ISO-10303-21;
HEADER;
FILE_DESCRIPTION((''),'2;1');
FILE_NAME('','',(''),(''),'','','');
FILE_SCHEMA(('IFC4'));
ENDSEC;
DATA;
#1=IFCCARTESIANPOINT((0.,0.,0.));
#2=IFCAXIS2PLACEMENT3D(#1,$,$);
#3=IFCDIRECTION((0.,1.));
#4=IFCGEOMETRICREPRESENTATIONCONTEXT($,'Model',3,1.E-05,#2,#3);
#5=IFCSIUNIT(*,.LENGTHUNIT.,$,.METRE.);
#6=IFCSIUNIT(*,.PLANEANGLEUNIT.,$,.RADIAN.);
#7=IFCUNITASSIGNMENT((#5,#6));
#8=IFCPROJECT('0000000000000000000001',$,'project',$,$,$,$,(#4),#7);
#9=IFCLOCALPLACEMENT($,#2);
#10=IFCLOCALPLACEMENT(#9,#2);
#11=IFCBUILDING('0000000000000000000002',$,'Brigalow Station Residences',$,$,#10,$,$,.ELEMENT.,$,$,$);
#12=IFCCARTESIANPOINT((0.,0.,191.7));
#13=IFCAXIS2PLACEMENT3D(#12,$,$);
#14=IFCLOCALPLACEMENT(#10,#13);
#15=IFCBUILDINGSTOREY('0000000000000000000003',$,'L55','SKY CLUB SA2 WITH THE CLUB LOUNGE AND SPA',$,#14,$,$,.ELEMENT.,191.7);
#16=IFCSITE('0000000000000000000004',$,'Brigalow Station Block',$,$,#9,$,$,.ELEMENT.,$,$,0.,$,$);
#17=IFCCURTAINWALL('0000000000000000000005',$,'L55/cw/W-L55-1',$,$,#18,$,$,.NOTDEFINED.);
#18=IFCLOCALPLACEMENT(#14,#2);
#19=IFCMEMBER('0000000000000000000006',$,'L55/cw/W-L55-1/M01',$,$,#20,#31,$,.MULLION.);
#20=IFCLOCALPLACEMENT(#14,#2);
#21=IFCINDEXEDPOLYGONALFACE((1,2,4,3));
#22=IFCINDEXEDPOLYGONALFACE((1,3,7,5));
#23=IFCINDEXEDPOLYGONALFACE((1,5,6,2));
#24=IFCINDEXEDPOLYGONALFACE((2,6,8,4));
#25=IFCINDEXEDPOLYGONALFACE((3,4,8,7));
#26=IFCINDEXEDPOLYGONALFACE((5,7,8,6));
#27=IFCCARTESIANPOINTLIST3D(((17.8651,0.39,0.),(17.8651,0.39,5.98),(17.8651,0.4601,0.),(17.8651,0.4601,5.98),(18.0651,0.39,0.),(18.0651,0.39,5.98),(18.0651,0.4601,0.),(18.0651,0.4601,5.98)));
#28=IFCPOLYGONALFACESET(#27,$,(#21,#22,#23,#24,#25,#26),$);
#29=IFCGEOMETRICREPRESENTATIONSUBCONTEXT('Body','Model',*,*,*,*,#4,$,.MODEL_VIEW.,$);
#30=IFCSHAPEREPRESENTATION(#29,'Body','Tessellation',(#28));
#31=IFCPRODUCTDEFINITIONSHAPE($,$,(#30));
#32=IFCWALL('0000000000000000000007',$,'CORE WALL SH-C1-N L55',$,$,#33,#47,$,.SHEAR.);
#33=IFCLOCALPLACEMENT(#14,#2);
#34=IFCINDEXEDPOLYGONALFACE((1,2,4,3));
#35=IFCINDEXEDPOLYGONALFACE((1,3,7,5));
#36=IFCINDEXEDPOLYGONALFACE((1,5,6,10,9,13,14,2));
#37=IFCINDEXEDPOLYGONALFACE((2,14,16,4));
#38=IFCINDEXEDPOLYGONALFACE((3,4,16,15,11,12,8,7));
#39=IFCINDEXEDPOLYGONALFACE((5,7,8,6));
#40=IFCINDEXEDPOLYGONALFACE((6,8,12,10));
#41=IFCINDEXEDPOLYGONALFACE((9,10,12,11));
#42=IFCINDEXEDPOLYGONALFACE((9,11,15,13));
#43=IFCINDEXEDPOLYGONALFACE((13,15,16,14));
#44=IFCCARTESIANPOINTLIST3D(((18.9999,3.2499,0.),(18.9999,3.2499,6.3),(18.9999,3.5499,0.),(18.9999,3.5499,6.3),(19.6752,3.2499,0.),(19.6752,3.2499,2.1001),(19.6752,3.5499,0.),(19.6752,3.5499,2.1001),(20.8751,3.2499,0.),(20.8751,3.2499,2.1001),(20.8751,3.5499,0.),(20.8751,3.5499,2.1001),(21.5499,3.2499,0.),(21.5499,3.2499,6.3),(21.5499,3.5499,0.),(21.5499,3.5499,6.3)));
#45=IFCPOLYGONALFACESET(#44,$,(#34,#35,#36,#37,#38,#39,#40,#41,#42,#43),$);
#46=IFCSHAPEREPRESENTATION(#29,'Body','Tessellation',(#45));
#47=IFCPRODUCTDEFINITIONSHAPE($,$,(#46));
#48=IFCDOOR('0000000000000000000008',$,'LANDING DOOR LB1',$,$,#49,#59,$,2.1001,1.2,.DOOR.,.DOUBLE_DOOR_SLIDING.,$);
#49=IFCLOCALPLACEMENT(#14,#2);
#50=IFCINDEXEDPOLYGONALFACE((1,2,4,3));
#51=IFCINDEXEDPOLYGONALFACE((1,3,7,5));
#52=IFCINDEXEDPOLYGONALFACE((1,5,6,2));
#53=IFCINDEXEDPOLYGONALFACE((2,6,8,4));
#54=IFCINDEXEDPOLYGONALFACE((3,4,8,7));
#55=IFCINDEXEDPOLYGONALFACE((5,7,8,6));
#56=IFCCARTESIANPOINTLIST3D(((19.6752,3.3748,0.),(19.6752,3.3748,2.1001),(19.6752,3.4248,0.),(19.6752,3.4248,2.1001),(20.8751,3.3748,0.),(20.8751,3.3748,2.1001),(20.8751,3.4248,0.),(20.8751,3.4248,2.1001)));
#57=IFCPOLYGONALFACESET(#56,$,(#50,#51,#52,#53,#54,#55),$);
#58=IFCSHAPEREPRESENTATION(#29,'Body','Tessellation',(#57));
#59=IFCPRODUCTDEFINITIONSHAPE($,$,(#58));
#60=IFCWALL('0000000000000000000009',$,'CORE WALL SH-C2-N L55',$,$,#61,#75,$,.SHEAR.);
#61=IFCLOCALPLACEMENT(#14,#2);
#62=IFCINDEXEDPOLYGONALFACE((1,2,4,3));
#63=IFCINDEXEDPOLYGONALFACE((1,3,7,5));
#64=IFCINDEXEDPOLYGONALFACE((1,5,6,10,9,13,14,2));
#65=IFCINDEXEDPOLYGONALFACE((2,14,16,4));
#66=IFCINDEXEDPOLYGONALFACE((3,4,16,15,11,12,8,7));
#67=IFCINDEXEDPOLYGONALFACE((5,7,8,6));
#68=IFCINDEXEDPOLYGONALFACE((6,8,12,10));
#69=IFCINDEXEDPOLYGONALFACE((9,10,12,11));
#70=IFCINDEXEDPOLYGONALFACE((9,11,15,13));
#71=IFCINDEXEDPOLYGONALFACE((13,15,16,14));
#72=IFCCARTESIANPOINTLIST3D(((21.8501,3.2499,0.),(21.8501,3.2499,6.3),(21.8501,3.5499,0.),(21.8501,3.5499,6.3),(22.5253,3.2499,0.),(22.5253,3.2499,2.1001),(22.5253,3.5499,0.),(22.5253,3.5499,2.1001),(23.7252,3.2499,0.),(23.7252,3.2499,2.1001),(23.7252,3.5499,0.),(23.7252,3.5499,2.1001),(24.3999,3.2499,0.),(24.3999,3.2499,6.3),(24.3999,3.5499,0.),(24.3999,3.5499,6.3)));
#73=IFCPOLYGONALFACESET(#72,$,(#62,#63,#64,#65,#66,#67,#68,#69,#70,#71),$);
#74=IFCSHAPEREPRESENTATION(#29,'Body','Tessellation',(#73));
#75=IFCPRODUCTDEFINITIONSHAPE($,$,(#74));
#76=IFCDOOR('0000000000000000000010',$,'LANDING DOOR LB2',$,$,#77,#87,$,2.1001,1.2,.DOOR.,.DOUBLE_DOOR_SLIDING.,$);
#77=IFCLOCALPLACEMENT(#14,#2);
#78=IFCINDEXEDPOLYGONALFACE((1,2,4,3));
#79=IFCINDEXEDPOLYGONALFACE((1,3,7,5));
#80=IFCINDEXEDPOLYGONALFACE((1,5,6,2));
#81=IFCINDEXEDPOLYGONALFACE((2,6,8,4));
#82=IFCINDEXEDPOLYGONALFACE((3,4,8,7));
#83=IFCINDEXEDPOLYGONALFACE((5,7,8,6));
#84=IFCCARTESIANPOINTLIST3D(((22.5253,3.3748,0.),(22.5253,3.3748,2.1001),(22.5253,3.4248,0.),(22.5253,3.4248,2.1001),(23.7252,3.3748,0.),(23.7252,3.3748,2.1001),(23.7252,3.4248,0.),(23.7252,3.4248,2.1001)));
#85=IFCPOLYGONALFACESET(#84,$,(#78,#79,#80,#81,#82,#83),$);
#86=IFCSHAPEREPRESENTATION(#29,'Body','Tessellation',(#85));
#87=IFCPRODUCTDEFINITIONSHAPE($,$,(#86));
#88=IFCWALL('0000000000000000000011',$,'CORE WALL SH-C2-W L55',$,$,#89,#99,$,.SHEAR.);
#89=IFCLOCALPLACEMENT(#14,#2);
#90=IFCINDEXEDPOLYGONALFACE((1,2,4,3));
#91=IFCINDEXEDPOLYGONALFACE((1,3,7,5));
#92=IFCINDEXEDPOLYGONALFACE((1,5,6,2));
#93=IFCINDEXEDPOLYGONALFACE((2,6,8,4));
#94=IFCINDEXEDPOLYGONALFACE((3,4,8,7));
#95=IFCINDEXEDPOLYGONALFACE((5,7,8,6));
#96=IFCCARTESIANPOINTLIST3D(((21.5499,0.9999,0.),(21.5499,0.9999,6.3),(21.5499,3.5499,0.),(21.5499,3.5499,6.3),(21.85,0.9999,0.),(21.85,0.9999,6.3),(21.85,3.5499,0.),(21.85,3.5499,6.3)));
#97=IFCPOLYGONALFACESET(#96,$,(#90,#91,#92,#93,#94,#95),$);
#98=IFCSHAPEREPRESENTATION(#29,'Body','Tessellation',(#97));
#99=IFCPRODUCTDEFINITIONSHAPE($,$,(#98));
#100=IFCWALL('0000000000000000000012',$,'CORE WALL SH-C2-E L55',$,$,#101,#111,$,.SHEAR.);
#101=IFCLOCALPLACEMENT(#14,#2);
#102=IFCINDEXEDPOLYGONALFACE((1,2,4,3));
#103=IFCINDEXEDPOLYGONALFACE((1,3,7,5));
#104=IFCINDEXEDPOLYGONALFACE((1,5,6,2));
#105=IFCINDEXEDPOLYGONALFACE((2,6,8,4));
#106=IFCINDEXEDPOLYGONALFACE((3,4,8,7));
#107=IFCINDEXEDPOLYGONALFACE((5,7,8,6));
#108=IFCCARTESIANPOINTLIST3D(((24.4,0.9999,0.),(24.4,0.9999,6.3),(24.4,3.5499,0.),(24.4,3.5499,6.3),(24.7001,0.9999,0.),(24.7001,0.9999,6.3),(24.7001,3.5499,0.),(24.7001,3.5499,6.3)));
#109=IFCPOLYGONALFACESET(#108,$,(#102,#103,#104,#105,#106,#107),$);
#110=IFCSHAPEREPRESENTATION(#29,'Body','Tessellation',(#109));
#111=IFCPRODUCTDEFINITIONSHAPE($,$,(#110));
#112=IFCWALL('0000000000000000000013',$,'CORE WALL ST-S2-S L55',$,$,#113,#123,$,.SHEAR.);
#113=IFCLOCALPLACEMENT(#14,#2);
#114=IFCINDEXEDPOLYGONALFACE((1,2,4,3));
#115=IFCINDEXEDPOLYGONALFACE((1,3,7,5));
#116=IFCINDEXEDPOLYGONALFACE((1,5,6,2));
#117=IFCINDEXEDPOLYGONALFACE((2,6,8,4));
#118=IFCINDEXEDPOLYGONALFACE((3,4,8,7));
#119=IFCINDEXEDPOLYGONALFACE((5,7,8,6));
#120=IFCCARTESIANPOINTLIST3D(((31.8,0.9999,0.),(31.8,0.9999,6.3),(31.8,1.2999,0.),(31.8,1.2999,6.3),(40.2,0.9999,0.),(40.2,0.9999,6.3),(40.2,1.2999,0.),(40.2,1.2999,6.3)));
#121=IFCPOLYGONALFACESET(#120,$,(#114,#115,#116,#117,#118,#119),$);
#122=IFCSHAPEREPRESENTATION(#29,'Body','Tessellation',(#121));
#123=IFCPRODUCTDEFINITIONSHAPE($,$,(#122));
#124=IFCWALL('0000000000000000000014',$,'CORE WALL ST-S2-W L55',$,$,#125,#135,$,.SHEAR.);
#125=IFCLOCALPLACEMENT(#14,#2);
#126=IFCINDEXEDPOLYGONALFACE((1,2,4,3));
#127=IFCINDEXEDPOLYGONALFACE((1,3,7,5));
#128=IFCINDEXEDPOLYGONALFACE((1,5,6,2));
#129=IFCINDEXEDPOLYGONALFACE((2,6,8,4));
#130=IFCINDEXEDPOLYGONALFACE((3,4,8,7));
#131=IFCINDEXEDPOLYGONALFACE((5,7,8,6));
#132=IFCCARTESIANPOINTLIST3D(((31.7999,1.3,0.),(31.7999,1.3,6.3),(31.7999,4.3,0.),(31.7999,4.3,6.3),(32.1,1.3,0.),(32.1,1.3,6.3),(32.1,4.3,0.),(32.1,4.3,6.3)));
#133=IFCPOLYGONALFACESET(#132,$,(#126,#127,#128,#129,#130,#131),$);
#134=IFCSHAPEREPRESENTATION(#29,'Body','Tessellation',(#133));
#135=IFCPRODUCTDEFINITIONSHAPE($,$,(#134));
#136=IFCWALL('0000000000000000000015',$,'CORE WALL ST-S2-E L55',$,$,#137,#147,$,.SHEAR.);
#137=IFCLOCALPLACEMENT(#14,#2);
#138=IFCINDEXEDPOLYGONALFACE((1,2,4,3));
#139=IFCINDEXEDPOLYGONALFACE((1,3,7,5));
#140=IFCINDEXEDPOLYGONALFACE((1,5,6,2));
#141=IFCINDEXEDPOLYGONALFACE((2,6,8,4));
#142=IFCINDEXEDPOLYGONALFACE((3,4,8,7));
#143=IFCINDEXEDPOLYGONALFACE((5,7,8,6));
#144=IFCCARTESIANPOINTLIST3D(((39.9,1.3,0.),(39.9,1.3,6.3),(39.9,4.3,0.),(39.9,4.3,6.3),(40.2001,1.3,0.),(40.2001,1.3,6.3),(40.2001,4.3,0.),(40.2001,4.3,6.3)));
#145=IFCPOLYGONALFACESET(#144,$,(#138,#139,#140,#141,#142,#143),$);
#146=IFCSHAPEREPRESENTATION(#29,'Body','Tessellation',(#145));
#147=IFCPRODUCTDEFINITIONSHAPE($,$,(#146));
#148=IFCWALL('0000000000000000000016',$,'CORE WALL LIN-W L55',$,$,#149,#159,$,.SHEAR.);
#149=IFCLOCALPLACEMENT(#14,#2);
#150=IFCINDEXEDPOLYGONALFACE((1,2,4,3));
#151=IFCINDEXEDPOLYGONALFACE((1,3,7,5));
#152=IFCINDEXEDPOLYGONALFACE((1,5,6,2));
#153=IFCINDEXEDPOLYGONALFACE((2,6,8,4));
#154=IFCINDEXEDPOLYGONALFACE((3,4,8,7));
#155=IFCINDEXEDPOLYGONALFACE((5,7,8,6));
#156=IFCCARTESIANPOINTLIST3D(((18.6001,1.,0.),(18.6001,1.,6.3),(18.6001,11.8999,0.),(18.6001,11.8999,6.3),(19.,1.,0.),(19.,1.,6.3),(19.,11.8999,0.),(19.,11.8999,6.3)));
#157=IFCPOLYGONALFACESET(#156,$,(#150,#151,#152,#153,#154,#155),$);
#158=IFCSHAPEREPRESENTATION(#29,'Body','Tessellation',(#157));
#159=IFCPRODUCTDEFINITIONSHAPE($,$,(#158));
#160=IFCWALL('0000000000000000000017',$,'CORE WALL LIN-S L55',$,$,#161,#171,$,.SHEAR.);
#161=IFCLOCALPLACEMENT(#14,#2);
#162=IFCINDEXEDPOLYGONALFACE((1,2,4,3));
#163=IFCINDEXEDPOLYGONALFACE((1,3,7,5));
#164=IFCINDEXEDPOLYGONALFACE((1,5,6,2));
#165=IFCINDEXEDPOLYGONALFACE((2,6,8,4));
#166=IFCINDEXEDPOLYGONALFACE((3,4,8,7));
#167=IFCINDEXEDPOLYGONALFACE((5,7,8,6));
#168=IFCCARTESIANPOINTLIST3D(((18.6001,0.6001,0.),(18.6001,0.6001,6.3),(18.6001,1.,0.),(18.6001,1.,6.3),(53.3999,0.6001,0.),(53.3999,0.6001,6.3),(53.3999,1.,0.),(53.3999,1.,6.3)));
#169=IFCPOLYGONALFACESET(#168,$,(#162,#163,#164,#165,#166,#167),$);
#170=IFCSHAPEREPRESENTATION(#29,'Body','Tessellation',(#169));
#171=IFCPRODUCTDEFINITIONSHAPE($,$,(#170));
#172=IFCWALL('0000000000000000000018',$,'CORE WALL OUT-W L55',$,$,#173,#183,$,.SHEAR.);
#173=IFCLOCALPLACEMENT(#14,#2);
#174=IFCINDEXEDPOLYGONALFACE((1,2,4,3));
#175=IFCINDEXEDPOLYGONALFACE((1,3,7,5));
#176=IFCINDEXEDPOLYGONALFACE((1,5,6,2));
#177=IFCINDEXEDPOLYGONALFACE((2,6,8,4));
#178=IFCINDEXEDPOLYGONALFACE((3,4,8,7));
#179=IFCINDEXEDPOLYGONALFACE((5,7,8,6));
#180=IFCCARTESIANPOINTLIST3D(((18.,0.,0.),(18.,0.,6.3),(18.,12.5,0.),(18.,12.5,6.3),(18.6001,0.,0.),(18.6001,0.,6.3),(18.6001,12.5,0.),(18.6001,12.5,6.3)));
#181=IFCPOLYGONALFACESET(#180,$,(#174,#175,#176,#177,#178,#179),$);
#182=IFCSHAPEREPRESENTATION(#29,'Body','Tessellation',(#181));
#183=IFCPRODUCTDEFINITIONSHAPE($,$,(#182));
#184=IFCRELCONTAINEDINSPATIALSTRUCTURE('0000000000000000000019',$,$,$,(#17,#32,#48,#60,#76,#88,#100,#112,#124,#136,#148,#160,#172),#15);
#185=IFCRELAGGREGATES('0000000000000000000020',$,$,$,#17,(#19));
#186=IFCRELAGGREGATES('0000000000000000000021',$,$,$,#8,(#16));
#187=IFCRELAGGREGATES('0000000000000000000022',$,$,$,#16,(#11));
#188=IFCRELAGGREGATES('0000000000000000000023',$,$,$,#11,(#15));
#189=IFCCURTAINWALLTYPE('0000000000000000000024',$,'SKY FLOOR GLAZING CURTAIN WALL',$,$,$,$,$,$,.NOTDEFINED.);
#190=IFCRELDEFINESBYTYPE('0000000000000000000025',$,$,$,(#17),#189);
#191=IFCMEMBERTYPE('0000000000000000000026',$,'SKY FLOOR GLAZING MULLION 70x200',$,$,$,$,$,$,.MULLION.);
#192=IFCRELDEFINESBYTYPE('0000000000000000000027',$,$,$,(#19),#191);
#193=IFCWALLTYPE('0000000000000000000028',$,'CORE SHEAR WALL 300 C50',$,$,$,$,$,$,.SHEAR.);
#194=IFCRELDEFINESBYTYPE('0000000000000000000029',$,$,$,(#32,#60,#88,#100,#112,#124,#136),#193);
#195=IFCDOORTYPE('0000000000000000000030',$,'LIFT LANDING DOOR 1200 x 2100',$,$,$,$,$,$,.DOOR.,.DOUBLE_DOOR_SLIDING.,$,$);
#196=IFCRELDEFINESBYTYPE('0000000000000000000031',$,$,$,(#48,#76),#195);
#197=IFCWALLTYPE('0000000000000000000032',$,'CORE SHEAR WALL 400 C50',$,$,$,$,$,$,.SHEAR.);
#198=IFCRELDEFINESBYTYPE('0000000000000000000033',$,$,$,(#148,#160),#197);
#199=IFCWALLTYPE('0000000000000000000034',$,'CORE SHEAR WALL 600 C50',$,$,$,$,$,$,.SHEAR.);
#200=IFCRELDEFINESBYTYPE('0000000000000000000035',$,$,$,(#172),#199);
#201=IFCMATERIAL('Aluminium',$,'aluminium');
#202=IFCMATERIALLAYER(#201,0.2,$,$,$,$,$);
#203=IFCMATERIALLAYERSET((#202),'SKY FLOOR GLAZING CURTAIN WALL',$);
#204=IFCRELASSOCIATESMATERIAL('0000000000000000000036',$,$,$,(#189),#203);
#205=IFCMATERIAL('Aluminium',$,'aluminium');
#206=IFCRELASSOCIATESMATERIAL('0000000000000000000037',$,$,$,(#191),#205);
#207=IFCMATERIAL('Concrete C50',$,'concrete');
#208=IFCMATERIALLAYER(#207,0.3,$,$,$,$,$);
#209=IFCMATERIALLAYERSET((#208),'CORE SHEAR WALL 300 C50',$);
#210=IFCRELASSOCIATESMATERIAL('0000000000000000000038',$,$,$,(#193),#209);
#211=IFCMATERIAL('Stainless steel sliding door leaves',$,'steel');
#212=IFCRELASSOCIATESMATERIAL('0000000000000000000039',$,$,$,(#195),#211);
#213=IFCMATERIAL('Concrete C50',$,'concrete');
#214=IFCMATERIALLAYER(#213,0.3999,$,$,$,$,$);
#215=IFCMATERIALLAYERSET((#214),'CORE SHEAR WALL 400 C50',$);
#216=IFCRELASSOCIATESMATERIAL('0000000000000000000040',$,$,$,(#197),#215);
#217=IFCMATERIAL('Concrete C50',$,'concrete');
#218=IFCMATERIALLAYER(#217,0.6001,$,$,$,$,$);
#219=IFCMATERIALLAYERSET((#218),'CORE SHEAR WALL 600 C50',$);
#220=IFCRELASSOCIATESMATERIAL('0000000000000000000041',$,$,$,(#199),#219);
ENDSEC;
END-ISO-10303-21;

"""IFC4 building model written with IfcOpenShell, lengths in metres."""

from ifc_helpers import new_model, si_unit, direction, frame, frame_2d, origin, origin_2d, place, context, subcontext, project, spatial, rectangle, extrude, material, layer, layer_set, material_profile, profile_set, type_object, element, fill, aggregate, save


model = new_model("IFC4")

# Units and contexts
model_context = context("Model", 3, precision=1e-05, world=origin(), true_north=direction((0.0, 1.0)))
body_context = subcontext(model_context, "Body", "Model", "MODEL_VIEW")
ifc_project = project(units=[si_unit("LENGTHUNIT", "METRE"), si_unit("PLANEANGLEUNIT", "RADIAN")], contexts=[model_context])

# Site, building, storey
site_placement = place(None, origin())
site = spatial("IfcSite", under=ifc_project, at=site_placement, Name="Brigalow Station Block", CompositionType="ELEMENT", RefElevation=0.0)
building_placement = place(site_placement, origin())
building = spatial("IfcBuilding", under=site, at=building_placement, Name="Brigalow Station Residences", CompositionType="ELEMENT")
storey_placement = place(building_placement, frame((0.0, 0.0, 191.7)))
storey = spatial("IfcBuildingStorey", under=building, at=storey_placement, Name="L55", Description="SKY CLUB SA2 WITH THE CLUB LOUNGE AND SPA", CompositionType="ELEMENT", Elevation=191.7)

# Curtain wall, member
ifc_material_1 = material(Name="Aluminium", Category="aluminium")
ifc_layer_1 = layer(ifc_material_1, 0.2)
ifc_layer_set_1 = layer_set([ifc_layer_1], Name="SKY FLOOR GLAZING CURTAIN WALL")
curtain_wall_type = type_object("IfcCurtainWallType", Name="SKY FLOOR GLAZING CURTAIN WALL", PredefinedType="NOTDEFINED", material=ifc_layer_set_1)
curtain_wall_placement = place(storey_placement, origin())
curtain_wall = element("IfcCurtainWall", 1, at=curtain_wall_placement, inside=storey, type_object=curtain_wall_type, Name="L55/cw/W-L55-1", PredefinedType="NOTDEFINED")
ifc_material_2 = material(Name="Aluminium", Category="aluminium")
ifc_material_profile = material_profile(ifc_material_2, rectangle(XDim=0.0701, YDim=0.2, at=origin_2d()), Name="SKY FLOOR GLAZING MULLION 70x200")
ifc_profile_set = profile_set([ifc_material_profile], Name="Aluminium")
member_type = type_object("IfcMemberType", Name="SKY FLOOR GLAZING MULLION 70x200", PredefinedType="MULLION", material=ifc_profile_set)
member_placement = place(storey_placement, frame((17.9651, 0.425, 0.0), z_axis=(0.0, 0.0, 1.0), x_axis=(0.0, 1.0, 0.0)))
member = element("IfcMember", 2, at=member_placement, type_object=member_type, Name="L55/cw/W-L55-1/M01", PredefinedType="MULLION", context=body_context, shape_type="SweptSolid", body=[
    extrude(rectangle(XDim=0.0701, YDim=0.2, at=origin_2d()), origin(), (0.0, 0.0, 1.0), 5.98),
])
aggregate(curtain_wall, [member])

# Walls, openings, doors
ifc_material_3 = material(Name="Concrete C50", Category="concrete")
ifc_layer_2 = layer(ifc_material_3, 0.3)
ifc_layer_set_2 = layer_set([ifc_layer_2], Name="CORE SHEAR WALL 300 C50")
wall_type_1 = type_object("IfcWallType", Name="CORE SHEAR WALL 300 C50", PredefinedType="SHEAR", material=ifc_layer_set_2)
wall_1_placement = place(storey_placement, frame((19.0, 3.3999, 0.0), z_axis=(0.0, 0.0, 1.0), x_axis=(1.0, 0.0, 0.0)))
wall_1 = element("IfcWall", 3, at=wall_1_placement, inside=storey, type_object=wall_type_1, Name="CORE WALL SH-C1-N L55", PredefinedType="SHEAR", context=body_context, shape_type="SweptSolid", body=[
    extrude(rectangle(XDim=2.55, YDim=0.3, at=frame_2d((1.2749, 0.0))), origin(), (0.0, 0.0, 1.0), 6.3),
])
opening_1_placement = place(wall_1_placement, frame((0.675, 0.0, 0.0)))
opening_1 = element("IfcOpeningElement", 4, at=opening_1_placement, cuts=wall_1, PredefinedType="OPENING", context=body_context, shape_type="SweptSolid", body=[
    extrude(rectangle(XDim=1.2, YDim=2.1001, at=frame_2d((0.6001, 1.05))), frame((0.0, 0.1602, 0.0), z_axis=(0.0, -1.0, 0.0), x_axis=(1.0, 0.0, 0.0)), (0.0, 0.0, 1.0), 0.3201),
])
ifc_material_4 = material(Name="Stainless steel sliding door leaves", Category="steel")
door_type = type_object("IfcDoorType", Name="LIFT LANDING DOOR 1200 x 2100", OperationType="DOUBLE_DOOR_SLIDING", PredefinedType="DOOR", material=ifc_material_4)
door_1_placement = place(opening_1_placement, origin())
door_1 = element("IfcDoor", 5, at=door_1_placement, inside=storey, type_object=door_type, Name="LANDING DOOR LB1", OperationType="DOUBLE_DOOR_SLIDING", OverallHeight=2.1001, OverallWidth=1.2, PredefinedType="DOOR", context=body_context, shape_type="SweptSolid", body=[
    extrude(rectangle(XDim=1.2, YDim=2.1001, at=frame_2d((0.6001, 1.05))), frame((0.0, 0.0249, 0.0), z_axis=(0.0, -1.0, 0.0), x_axis=(1.0, 0.0, 0.0)), (0.0, 0.0, 1.0), 0.05),
])
fill(opening_1, door_1)
wall_2_placement = place(storey_placement, frame((21.8501, 3.3999, 0.0), z_axis=(0.0, 0.0, 1.0), x_axis=(1.0, 0.0, 0.0)))
wall_2 = element("IfcWall", 6, at=wall_2_placement, inside=storey, type_object=wall_type_1, Name="CORE WALL SH-C2-N L55", PredefinedType="SHEAR", context=body_context, shape_type="SweptSolid", body=[
    extrude(rectangle(XDim=2.5498, YDim=0.3, at=frame_2d((1.2749, 0.0))), origin(), (0.0, 0.0, 1.0), 6.3),
])
opening_2_placement = place(wall_2_placement, frame((0.675, 0.0, 0.0)))
opening_2 = element("IfcOpeningElement", 7, at=opening_2_placement, cuts=wall_2, PredefinedType="OPENING", context=body_context, shape_type="SweptSolid", body=[
    extrude(rectangle(XDim=1.2, YDim=2.1001, at=frame_2d((0.6001, 1.05))), frame((0.0, 0.1602, 0.0), z_axis=(0.0, -1.0, 0.0), x_axis=(1.0, 0.0, 0.0)), (0.0, 0.0, 1.0), 0.3201),
])
door_2_placement = place(opening_2_placement, origin())
door_2 = element("IfcDoor", 8, at=door_2_placement, inside=storey, type_object=door_type, Name="LANDING DOOR LB2", OperationType="DOUBLE_DOOR_SLIDING", OverallHeight=2.1001, OverallWidth=1.2, PredefinedType="DOOR", context=body_context, shape_type="SweptSolid", body=[
    extrude(rectangle(XDim=1.2, YDim=2.1001, at=frame_2d((0.6001, 1.05))), frame((0.0, 0.0249, 0.0), z_axis=(0.0, -1.0, 0.0), x_axis=(1.0, 0.0, 0.0)), (0.0, 0.0, 1.0), 0.05),
])
fill(opening_2, door_2)

# Walls
for number, where, z_axis, x_axis, name in (
    (9, (21.7, 1.0, 0.0), (0.0, 0.0, 1.0), (0.0, 1.0, 0.0), "CORE WALL SH-C2-W L55"),
    (10, (24.55, 1.0, 0.0), (0.0, 0.0, 1.0), (0.0, 1.0, 0.0), "CORE WALL SH-C2-E L55"),
):
    element("IfcWall", number, at=place(storey_placement, frame(where, z_axis=z_axis, x_axis=x_axis)), inside=storey, type_object=wall_type_1, Name=name, PredefinedType="SHEAR", context=body_context, shape_type="SweptSolid", body=[
        extrude(rectangle(XDim=2.55, YDim=0.3, at=frame_2d((1.2749, 0.0))), origin(), (0.0, 0.0, 1.0), 6.3),
    ])
wall_3_placement = place(storey_placement, frame((31.8, 1.1499, 0.0), z_axis=(0.0, 0.0, 1.0), x_axis=(1.0, 0.0, 0.0)))
element("IfcWall", 11, at=wall_3_placement, inside=storey, type_object=wall_type_1, Name="CORE WALL ST-S2-S L55", PredefinedType="SHEAR", context=body_context, shape_type="SweptSolid", body=[
    extrude(rectangle(XDim=8.3999, YDim=0.3, at=frame_2d((4.2, 0.0))), origin(), (0.0, 0.0, 1.0), 6.3),
])
for number, where, z_axis, x_axis, name in (
    (12, (31.95, 1.3, 0.0), (0.0, 0.0, 1.0), (0.0, 1.0, 0.0), "CORE WALL ST-S2-W L55"),
    (13, (40.05, 1.3, 0.0), (0.0, 0.0, 1.0), (0.0, 1.0, 0.0), "CORE WALL ST-S2-E L55"),
):
    element("IfcWall", number, at=place(storey_placement, frame(where, z_axis=z_axis, x_axis=x_axis)), inside=storey, type_object=wall_type_1, Name=name, PredefinedType="SHEAR", context=body_context, shape_type="SweptSolid", body=[
        extrude(rectangle(XDim=3.0, YDim=0.3, at=frame_2d((1.5, 0.0))), origin(), (0.0, 0.0, 1.0), 6.3),
    ])
ifc_material_5 = material(Name="Concrete C50", Category="concrete")
ifc_layer_3 = layer(ifc_material_5, 0.3999)
ifc_layer_set_3 = layer_set([ifc_layer_3], Name="CORE SHEAR WALL 400 C50")
wall_type_2 = type_object("IfcWallType", Name="CORE SHEAR WALL 400 C50", PredefinedType="SHEAR", material=ifc_layer_set_3)
wall_4_placement = place(storey_placement, frame((18.8, 1.0, 0.0), z_axis=(0.0, 0.0, 1.0), x_axis=(0.0, 1.0, 0.0)))
element("IfcWall", 14, at=wall_4_placement, inside=storey, type_object=wall_type_2, Name="CORE WALL LIN-W L55", PredefinedType="SHEAR", context=body_context, shape_type="SweptSolid", body=[
    extrude(rectangle(XDim=10.8999, YDim=0.3999, at=frame_2d((5.45, 0.0))), origin(), (0.0, 0.0, 1.0), 6.3),
])
wall_5_placement = place(storey_placement, frame((18.6001, 0.8, 0.0), z_axis=(0.0, 0.0, 1.0), x_axis=(1.0, 0.0, 0.0)))
element("IfcWall", 15, at=wall_5_placement, inside=storey, type_object=wall_type_2, Name="CORE WALL LIN-S L55", PredefinedType="SHEAR", context=body_context, shape_type="SweptSolid", body=[
    extrude(rectangle(XDim=34.7998, YDim=0.3999, at=frame_2d((17.3999, 0.0))), origin(), (0.0, 0.0, 1.0), 6.3),
])
ifc_material_6 = material(Name="Concrete C50", Category="concrete")
ifc_layer_4 = layer(ifc_material_6, 0.6001)
ifc_layer_set_4 = layer_set([ifc_layer_4], Name="CORE SHEAR WALL 600 C50")
wall_type_3 = type_object("IfcWallType", Name="CORE SHEAR WALL 600 C50", PredefinedType="SHEAR", material=ifc_layer_set_4)
wall_6_placement = place(storey_placement, frame((18.3, 0.0, 0.0), z_axis=(0.0, 0.0, 1.0), x_axis=(0.0, 1.0, 0.0)))
element("IfcWall", 16, at=wall_6_placement, inside=storey, type_object=wall_type_3, Name="CORE WALL OUT-W L55", PredefinedType="SHEAR", context=body_context, shape_type="SweptSolid", body=[
    extrude(rectangle(XDim=12.5, YDim=0.6001, at=frame_2d((6.25, 0.0))), origin(), (0.0, 0.0, 1.0), 6.3),
])

save(model, "model.ifc")
